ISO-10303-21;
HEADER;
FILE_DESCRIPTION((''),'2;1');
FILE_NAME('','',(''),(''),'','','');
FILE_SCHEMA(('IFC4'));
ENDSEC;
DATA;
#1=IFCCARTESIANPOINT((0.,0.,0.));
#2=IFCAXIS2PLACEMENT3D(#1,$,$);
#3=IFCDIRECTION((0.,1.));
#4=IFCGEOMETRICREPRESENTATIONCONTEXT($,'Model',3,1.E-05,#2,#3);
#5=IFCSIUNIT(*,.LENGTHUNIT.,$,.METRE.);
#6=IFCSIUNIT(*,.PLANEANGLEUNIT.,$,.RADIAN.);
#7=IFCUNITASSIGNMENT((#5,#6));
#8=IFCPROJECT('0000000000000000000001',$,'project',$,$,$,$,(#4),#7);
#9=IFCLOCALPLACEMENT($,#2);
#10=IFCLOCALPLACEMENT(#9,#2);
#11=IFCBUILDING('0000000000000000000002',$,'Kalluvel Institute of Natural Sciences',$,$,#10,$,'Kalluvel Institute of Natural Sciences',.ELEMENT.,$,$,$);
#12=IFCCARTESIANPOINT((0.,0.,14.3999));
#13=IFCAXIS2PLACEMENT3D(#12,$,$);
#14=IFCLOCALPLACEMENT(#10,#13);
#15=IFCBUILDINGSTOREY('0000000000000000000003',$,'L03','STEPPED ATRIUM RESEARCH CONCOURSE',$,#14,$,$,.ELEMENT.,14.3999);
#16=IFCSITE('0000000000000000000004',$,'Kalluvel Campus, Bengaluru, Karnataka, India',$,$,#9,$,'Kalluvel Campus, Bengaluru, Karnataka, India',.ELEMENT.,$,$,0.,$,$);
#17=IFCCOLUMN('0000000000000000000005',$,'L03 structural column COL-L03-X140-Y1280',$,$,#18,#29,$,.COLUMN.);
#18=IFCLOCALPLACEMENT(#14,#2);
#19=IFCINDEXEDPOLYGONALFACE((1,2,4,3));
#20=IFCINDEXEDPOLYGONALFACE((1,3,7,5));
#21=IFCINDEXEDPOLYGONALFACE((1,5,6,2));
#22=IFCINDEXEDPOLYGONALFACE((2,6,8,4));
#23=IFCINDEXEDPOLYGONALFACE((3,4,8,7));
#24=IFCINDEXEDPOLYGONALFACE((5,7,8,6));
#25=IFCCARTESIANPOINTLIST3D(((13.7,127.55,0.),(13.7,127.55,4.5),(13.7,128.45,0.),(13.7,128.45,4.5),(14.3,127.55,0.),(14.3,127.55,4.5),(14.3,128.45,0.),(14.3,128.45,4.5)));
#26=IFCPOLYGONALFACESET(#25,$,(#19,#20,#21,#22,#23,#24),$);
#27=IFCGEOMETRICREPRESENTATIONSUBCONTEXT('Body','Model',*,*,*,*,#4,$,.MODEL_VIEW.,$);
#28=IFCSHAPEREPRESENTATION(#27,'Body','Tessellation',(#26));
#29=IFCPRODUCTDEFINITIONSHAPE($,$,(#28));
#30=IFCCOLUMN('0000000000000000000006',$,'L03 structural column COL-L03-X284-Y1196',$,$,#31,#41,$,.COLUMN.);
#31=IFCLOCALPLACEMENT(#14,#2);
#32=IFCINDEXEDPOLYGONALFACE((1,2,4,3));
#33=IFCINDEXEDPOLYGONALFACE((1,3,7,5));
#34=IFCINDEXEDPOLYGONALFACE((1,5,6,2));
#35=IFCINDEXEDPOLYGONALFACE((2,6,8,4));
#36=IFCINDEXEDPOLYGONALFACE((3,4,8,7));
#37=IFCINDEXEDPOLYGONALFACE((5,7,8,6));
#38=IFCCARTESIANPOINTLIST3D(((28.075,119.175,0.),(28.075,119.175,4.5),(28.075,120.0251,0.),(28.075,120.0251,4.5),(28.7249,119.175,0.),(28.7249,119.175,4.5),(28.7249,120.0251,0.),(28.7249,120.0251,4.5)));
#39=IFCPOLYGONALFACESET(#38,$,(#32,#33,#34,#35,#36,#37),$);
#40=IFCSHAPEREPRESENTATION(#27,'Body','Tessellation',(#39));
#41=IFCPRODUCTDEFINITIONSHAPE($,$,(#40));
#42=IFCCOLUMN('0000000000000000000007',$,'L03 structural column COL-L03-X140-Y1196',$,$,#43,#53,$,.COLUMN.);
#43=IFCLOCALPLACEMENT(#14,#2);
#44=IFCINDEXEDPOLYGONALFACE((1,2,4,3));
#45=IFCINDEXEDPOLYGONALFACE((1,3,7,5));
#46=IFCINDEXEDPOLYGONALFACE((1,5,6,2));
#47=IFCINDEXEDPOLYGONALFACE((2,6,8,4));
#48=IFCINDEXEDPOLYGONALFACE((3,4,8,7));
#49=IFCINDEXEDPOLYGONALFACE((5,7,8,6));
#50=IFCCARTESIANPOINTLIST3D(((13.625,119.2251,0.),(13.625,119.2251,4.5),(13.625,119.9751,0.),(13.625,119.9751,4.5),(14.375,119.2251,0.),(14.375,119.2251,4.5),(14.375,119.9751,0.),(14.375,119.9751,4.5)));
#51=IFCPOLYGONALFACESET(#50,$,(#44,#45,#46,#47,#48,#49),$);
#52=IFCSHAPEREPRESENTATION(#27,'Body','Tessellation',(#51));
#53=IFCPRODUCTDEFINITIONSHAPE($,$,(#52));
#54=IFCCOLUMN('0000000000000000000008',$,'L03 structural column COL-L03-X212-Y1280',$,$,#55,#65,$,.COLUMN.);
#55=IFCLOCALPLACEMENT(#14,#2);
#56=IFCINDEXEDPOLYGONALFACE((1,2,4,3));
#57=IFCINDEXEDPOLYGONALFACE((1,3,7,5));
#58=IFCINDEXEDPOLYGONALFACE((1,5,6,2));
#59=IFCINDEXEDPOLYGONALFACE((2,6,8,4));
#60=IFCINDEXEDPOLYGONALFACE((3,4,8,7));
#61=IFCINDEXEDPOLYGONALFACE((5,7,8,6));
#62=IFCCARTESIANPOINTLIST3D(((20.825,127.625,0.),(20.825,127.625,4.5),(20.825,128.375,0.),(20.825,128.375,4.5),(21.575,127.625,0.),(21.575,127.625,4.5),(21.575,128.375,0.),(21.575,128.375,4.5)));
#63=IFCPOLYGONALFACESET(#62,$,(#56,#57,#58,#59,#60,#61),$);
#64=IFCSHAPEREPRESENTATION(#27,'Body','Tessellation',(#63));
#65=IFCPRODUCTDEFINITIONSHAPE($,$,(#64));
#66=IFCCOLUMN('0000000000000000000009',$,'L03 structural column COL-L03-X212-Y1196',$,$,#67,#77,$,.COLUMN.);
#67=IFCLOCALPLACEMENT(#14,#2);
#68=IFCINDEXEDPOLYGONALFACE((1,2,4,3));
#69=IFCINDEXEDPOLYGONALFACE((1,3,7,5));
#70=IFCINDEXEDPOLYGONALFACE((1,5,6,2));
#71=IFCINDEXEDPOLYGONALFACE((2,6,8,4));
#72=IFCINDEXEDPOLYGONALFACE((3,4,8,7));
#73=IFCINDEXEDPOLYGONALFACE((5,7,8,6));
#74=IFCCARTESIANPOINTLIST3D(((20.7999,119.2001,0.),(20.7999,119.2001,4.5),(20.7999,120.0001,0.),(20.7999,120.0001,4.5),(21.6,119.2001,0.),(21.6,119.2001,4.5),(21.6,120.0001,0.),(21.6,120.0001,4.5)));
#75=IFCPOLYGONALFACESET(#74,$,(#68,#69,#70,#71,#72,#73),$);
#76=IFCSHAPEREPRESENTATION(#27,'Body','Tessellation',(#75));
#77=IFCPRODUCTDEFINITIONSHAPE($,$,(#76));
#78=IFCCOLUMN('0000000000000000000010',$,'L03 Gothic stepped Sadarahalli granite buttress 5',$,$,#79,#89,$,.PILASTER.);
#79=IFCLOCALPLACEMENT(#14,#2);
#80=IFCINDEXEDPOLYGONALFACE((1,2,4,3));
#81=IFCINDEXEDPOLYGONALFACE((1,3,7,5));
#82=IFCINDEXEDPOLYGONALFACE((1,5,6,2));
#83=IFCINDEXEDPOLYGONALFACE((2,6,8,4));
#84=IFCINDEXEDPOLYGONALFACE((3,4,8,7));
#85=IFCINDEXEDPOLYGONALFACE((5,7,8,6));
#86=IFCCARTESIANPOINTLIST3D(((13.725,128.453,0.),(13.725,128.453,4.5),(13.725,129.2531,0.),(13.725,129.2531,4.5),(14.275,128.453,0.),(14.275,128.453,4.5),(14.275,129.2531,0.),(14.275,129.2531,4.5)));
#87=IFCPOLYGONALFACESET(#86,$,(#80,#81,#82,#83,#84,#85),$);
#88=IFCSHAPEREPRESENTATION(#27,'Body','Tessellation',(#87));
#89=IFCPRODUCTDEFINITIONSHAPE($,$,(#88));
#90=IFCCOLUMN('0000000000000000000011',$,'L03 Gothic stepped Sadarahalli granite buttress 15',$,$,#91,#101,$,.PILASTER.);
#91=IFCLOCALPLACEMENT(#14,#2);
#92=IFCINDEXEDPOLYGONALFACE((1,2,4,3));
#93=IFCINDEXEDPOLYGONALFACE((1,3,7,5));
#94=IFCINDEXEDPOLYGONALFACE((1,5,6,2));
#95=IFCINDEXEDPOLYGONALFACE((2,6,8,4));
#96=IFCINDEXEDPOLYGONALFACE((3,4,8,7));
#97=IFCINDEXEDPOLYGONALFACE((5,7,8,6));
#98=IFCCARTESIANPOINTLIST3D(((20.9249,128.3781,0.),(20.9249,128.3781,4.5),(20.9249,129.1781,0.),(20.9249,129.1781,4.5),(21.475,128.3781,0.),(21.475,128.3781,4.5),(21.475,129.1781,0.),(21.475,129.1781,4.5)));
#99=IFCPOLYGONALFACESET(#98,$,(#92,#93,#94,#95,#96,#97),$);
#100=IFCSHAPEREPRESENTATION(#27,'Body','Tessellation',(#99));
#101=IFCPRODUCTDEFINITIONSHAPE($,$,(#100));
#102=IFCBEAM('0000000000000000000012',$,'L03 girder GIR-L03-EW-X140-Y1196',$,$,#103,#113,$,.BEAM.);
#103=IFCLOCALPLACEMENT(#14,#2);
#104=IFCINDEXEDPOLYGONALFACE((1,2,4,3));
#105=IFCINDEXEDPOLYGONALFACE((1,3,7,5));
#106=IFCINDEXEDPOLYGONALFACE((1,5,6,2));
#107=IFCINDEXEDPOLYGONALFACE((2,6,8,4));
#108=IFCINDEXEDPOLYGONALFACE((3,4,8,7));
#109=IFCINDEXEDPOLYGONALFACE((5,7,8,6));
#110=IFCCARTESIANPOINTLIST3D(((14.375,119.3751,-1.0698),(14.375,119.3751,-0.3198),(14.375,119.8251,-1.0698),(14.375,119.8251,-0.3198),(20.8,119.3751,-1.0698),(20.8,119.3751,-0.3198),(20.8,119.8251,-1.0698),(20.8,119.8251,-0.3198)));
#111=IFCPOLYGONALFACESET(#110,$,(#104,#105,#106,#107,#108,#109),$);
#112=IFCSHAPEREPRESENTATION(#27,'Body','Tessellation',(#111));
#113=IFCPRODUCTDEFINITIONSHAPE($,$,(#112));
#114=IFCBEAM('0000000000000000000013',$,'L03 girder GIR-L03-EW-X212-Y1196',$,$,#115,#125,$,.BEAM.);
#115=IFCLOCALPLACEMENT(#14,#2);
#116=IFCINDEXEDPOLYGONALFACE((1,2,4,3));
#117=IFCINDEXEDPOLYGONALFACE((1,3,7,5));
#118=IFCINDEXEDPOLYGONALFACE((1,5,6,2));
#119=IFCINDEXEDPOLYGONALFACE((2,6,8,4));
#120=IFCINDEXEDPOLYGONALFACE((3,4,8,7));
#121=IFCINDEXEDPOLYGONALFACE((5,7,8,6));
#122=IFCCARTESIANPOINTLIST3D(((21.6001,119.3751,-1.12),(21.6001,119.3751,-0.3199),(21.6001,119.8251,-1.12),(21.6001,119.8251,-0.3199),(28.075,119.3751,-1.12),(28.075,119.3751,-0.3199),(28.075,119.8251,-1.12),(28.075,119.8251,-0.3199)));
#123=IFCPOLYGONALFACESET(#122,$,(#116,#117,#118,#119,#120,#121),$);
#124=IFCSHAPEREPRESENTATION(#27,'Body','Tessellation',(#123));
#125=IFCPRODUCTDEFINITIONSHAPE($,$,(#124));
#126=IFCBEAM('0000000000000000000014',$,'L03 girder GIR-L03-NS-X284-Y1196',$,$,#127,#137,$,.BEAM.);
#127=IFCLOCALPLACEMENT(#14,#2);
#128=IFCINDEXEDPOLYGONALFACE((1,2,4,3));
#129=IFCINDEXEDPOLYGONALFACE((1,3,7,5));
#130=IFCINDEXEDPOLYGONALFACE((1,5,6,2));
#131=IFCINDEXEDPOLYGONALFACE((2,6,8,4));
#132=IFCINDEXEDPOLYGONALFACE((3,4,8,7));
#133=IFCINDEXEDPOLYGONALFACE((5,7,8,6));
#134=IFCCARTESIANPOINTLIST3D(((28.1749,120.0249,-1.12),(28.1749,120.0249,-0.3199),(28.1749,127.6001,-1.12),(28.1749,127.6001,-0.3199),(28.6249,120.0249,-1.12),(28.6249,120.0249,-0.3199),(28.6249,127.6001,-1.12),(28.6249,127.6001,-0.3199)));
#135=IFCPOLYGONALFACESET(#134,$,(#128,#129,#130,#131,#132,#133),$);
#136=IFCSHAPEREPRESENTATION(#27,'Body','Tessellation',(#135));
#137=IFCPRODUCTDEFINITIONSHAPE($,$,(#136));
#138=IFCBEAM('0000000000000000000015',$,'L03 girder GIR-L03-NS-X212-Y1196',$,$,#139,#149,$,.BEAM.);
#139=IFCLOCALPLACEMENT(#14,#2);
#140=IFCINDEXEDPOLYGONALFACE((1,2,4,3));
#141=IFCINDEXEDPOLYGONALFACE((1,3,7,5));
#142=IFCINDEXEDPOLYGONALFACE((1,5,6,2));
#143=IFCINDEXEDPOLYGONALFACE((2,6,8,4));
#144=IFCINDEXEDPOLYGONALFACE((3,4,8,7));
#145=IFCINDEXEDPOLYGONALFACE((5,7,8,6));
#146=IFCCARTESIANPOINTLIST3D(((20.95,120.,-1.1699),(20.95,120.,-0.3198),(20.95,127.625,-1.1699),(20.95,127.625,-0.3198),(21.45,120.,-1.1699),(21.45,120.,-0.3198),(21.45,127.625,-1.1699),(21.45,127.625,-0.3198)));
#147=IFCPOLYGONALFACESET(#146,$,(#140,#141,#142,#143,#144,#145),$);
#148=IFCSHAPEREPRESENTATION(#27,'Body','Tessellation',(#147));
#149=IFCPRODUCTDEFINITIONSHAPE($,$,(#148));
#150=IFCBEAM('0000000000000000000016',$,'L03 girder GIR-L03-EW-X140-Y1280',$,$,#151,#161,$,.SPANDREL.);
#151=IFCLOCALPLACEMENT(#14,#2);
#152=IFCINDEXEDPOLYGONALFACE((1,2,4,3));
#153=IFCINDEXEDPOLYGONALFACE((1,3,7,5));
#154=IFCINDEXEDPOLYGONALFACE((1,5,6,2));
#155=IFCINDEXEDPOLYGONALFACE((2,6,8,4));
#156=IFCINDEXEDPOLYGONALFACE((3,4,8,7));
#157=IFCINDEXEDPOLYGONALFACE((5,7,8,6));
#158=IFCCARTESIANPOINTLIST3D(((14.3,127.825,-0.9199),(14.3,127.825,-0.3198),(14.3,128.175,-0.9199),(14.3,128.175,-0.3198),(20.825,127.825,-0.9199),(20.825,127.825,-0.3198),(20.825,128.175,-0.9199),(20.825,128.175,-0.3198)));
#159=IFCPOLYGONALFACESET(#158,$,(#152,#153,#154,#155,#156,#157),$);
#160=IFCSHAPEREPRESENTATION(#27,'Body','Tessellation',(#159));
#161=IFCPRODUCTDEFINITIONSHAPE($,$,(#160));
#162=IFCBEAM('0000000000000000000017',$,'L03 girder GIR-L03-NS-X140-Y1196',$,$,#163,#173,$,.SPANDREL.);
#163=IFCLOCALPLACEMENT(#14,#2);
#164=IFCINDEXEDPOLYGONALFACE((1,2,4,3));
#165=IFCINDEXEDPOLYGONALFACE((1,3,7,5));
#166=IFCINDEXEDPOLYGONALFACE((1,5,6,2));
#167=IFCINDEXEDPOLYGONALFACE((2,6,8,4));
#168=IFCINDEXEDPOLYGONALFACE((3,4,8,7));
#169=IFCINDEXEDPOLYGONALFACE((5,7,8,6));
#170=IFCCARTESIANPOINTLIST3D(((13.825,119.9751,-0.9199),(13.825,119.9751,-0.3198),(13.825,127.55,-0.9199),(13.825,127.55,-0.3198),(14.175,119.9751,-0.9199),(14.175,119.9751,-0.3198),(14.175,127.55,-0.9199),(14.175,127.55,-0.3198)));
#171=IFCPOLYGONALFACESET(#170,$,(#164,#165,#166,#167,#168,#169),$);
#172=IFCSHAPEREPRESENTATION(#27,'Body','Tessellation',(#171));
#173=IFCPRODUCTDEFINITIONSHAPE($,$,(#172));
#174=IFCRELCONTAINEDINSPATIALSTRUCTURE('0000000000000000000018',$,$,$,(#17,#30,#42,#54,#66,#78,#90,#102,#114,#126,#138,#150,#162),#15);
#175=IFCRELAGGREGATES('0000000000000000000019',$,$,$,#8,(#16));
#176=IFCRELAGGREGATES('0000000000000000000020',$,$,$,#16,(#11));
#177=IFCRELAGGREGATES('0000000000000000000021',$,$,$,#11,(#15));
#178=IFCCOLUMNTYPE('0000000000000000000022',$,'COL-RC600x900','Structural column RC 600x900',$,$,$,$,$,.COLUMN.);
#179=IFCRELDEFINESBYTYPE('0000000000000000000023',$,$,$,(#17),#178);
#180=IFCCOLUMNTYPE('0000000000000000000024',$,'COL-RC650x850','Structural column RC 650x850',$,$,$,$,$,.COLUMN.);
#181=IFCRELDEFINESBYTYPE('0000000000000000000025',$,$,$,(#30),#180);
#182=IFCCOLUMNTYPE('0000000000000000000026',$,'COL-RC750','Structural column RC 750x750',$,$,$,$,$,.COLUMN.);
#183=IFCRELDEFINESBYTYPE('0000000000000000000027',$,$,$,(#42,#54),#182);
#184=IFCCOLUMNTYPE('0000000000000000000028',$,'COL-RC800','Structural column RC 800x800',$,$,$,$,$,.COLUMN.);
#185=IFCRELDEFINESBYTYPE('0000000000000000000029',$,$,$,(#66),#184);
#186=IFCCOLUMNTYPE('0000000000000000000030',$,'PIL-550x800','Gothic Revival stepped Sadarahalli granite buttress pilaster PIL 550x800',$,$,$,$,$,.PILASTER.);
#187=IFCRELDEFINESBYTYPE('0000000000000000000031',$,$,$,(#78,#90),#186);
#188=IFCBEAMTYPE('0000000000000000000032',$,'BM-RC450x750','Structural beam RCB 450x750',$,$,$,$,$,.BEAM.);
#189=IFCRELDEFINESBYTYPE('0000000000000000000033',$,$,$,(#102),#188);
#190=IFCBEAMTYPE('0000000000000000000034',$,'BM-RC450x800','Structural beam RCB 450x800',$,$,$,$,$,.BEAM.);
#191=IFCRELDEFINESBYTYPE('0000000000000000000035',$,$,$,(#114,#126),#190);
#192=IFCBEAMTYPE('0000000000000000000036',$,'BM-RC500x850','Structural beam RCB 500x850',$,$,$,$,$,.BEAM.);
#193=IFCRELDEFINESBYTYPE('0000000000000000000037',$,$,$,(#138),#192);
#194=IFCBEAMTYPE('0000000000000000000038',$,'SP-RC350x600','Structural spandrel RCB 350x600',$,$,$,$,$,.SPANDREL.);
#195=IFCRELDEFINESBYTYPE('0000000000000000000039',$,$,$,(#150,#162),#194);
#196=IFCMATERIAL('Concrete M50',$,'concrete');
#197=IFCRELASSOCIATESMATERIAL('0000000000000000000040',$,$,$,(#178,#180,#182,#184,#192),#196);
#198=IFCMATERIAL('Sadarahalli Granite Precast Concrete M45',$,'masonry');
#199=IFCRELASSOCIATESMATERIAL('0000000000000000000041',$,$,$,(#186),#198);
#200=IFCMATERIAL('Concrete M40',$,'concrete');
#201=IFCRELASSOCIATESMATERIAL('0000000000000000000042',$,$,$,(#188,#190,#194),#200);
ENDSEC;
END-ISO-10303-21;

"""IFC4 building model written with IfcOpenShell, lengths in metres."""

from ifc_helpers import new_model, si_unit, direction, frame, origin, origin_2d, place, context, subcontext, project, spatial, rectangle, extrude, material, material_profile, profile_set, type_object, element, save


model = new_model("IFC4")

# Units and contexts
model_context = context("Model", 3, precision=1e-05, world=origin(), true_north=direction((0.0, 1.0)))
body_context = subcontext(model_context, "Body", "Model", "MODEL_VIEW")
ifc_project = project(units=[si_unit("LENGTHUNIT", "METRE"), si_unit("PLANEANGLEUNIT", "RADIAN")], contexts=[model_context])

# Site, building, storey
site_placement = place(None, origin())
site = spatial("IfcSite", under=ifc_project, at=site_placement, Name="Kalluvel Campus, Bengaluru, Karnataka, India", LongName="Kalluvel Campus, Bengaluru, Karnataka, India", CompositionType="ELEMENT", RefElevation=0.0)
building_placement = place(site_placement, origin())
building = spatial("IfcBuilding", under=site, at=building_placement, Name="Kalluvel Institute of Natural Sciences", LongName="Kalluvel Institute of Natural Sciences", CompositionType="ELEMENT")
storey_placement = place(building_placement, frame((0.0, 0.0, 14.3999)))
storey = spatial("IfcBuildingStorey", under=building, at=storey_placement, Name="L03", Description="STEPPED ATRIUM RESEARCH CONCOURSE", CompositionType="ELEMENT", Elevation=14.3999)

# Columns
ifc_material_1 = material(Name="Concrete M50", Category="concrete")
ifc_material_profile_1 = material_profile(ifc_material_1, rectangle(XDim=0.6001, YDim=0.8999, at=origin_2d()), Name="RC 600x900")
ifc_profile_set_1 = profile_set([ifc_material_profile_1], Name="Concrete M50")
column_type_1 = type_object("IfcColumnType", Name="COL-RC600x900", Description="Structural column RC 600x900", PredefinedType="COLUMN", material=ifc_profile_set_1)
column_1_placement = place(storey_placement, frame((14.0, 128.0, 0.0), z_axis=(0.0, 0.0, 1.0), x_axis=(1.0, 0.0, 0.0)))
element("IfcColumn", 1, at=column_1_placement, inside=storey, type_object=column_type_1, Name="L03 structural column COL-L03-X140-Y1280", PredefinedType="COLUMN", context=body_context, shape_type="SweptSolid", body=[
    extrude(rectangle(XDim=0.6001, YDim=0.8999, at=origin_2d()), origin(), (0.0, 0.0, 1.0), 4.5),
])
ifc_material_profile_2 = material_profile(ifc_material_1, rectangle(XDim=0.6499, YDim=0.8501, at=origin_2d()), Name="RC 650x850")
ifc_profile_set_2 = profile_set([ifc_material_profile_2], Name="Concrete M50")
column_type_2 = type_object("IfcColumnType", Name="COL-RC650x850", Description="Structural column RC 650x850", PredefinedType="COLUMN", material=ifc_profile_set_2)
column_2_placement = place(storey_placement, frame((28.3999, 119.6001, 0.0), z_axis=(0.0, 0.0, 1.0), x_axis=(1.0, 0.0, 0.0)))
element("IfcColumn", 2, at=column_2_placement, inside=storey, type_object=column_type_2, Name="L03 structural column COL-L03-X284-Y1196", PredefinedType="COLUMN", context=body_context, shape_type="SweptSolid", body=[
    extrude(rectangle(XDim=0.6499, YDim=0.8501, at=origin_2d()), origin(), (0.0, 0.0, 1.0), 4.5),
])
ifc_material_profile_3 = material_profile(ifc_material_1, rectangle(XDim=0.75, YDim=0.75, at=origin_2d()), Name="RC 750x750")
ifc_profile_set_3 = profile_set([ifc_material_profile_3], Name="Concrete M50")
column_type_3 = type_object("IfcColumnType", Name="COL-RC750", Description="Structural column RC 750x750", PredefinedType="COLUMN", material=ifc_profile_set_3)
for number, where, z_axis, x_axis, name in (
    (3, (14.0, 119.6001, 0.0), (0.0, 0.0, 1.0), (1.0, 0.0, 0.0), "L03 structural column COL-L03-X140-Y1196"),
    (4, (21.2, 128.0, 0.0), (0.0, 0.0, 1.0), (1.0, 0.0, 0.0), "L03 structural column COL-L03-X212-Y1280"),
):
    element("IfcColumn", number, at=place(storey_placement, frame(where, z_axis=z_axis, x_axis=x_axis)), inside=storey, type_object=column_type_3, Name=name, PredefinedType="COLUMN", context=body_context, shape_type="SweptSolid", body=[
        extrude(rectangle(XDim=0.75, YDim=0.75, at=origin_2d()), origin(), (0.0, 0.0, 1.0), 4.5),
    ])
ifc_material_profile_4 = material_profile(ifc_material_1, rectangle(XDim=0.8, YDim=0.8, at=origin_2d()), Name="RC 800x800")
ifc_profile_set_4 = profile_set([ifc_material_profile_4], Name="Concrete M50")
column_type_4 = type_object("IfcColumnType", Name="COL-RC800", Description="Structural column RC 800x800", PredefinedType="COLUMN", material=ifc_profile_set_4)
column_3_placement = place(storey_placement, frame((21.2, 119.6001, 0.0), z_axis=(0.0, 0.0, 1.0), x_axis=(1.0, 0.0, 0.0)))
element("IfcColumn", 5, at=column_3_placement, inside=storey, type_object=column_type_4, Name="L03 structural column COL-L03-X212-Y1196", PredefinedType="COLUMN", context=body_context, shape_type="SweptSolid", body=[
    extrude(rectangle(XDim=0.8, YDim=0.8, at=origin_2d()), origin(), (0.0, 0.0, 1.0), 4.5),
])
ifc_material_2 = material(Name="Sadarahalli Granite Precast Concrete M45", Category="masonry")
ifc_material_profile_5 = material_profile(ifc_material_2, rectangle(XDim=0.55, YDim=0.8, at=origin_2d()), Name="PIL 550x800")
ifc_profile_set_5 = profile_set([ifc_material_profile_5], Name="Sadarahalli Granite Precast Concrete M45")
column_type_5 = type_object("IfcColumnType", Name="PIL-550x800", Description="Gothic Revival stepped Sadarahalli granite buttress pilaster PIL 550x800", PredefinedType="PILASTER", material=ifc_profile_set_5)
for number, where, z_axis, x_axis, name in (
    (6, (14.0, 128.853, 0.0), (0.0, 0.0, 1.0), (1.0, 0.0, 0.0), "L03 Gothic stepped Sadarahalli granite buttress 5"),
    (7, (21.2, 128.7781, 0.0), (0.0, 0.0, 1.0), (1.0, 0.0, 0.0), "L03 Gothic stepped Sadarahalli granite buttress 15"),
):
    element("IfcColumn", number, at=place(storey_placement, frame(where, z_axis=z_axis, x_axis=x_axis)), inside=storey, type_object=column_type_5, Name=name, PredefinedType="PILASTER", context=body_context, shape_type="SweptSolid", body=[
        extrude(rectangle(XDim=0.55, YDim=0.8, at=origin_2d()), origin(), (0.0, 0.0, 1.0), 4.5),
    ])

# Beams
ifc_material_3 = material(Name="Concrete M40", Category="concrete")
ifc_material_profile_6 = material_profile(ifc_material_3, rectangle(XDim=0.45, YDim=0.75, at=origin_2d()), Name="RCB 450x750")
ifc_profile_set_6 = profile_set([ifc_material_profile_6], Name="Concrete M40")
beam_type_1 = type_object("IfcBeamType", Name="BM-RC450x750", Description="Structural beam RCB 450x750", PredefinedType="BEAM", material=ifc_profile_set_6)
beam_1_placement = place(storey_placement, frame((14.375, 119.6001, -0.6948), z_axis=(1.0, 0.0, 0.0), x_axis=(0.0, 1.0, 0.0)))
element("IfcBeam", 8, at=beam_1_placement, inside=storey, type_object=beam_type_1, Name="L03 girder GIR-L03-EW-X140-Y1196", PredefinedType="BEAM", context=body_context, shape_type="SweptSolid", body=[
    extrude(rectangle(XDim=0.45, YDim=0.75, at=origin_2d()), origin(), (0.0, 0.0, 1.0), 6.425),
])
ifc_material_profile_7 = material_profile(ifc_material_3, rectangle(XDim=0.45, YDim=0.8, at=origin_2d()), Name="RCB 450x800")
ifc_profile_set_7 = profile_set([ifc_material_profile_7], Name="Concrete M40")
beam_type_2 = type_object("IfcBeamType", Name="BM-RC450x800", Description="Structural beam RCB 450x800", PredefinedType="BEAM", material=ifc_profile_set_7)
beam_2_placement = place(storey_placement, frame((21.6001, 119.6001, -0.72), z_axis=(1.0, 0.0, 0.0), x_axis=(0.0, 1.0, 0.0)))
element("IfcBeam", 9, at=beam_2_placement, inside=storey, type_object=beam_type_2, Name="L03 girder GIR-L03-EW-X212-Y1196", PredefinedType="BEAM", context=body_context, shape_type="SweptSolid", body=[
    extrude(rectangle(XDim=0.45, YDim=0.8, at=origin_2d()), origin(), (0.0, 0.0, 1.0), 6.4749),
])
beam_3_placement = place(storey_placement, frame((28.3999, 120.0249, -0.72), z_axis=(0.0, 1.0, 0.0), x_axis=(-1.0, 0.0, 0.0)))
element("IfcBeam", 10, at=beam_3_placement, inside=storey, type_object=beam_type_2, Name="L03 girder GIR-L03-NS-X284-Y1196", PredefinedType="BEAM", context=body_context, shape_type="SweptSolid", body=[
    extrude(rectangle(XDim=0.45, YDim=0.8, at=origin_2d()), origin(), (0.0, 0.0, 1.0), 7.5752),
])
ifc_material_profile_8 = material_profile(ifc_material_1, rectangle(XDim=0.5, YDim=0.8501, at=origin_2d()), Name="RCB 500x850")
ifc_profile_set_8 = profile_set([ifc_material_profile_8], Name="Concrete M50")
beam_type_3 = type_object("IfcBeamType", Name="BM-RC500x850", Description="Structural beam RCB 500x850", PredefinedType="BEAM", material=ifc_profile_set_8)
beam_4_placement = place(storey_placement, frame((21.2, 120.0, -0.7449), z_axis=(0.0, 1.0, 0.0), x_axis=(-1.0, 0.0, 0.0)))
element("IfcBeam", 11, at=beam_4_placement, inside=storey, type_object=beam_type_3, Name="L03 girder GIR-L03-NS-X212-Y1196", PredefinedType="BEAM", context=body_context, shape_type="SweptSolid", body=[
    extrude(rectangle(XDim=0.5, YDim=0.8501, at=origin_2d()), origin(), (0.0, 0.0, 1.0), 7.625),
])
ifc_material_profile_9 = material_profile(ifc_material_3, rectangle(XDim=0.3501, YDim=0.6001, at=origin_2d()), Name="RCB 350x600")
ifc_profile_set_9 = profile_set([ifc_material_profile_9], Name="Concrete M40")
beam_type_4 = type_object("IfcBeamType", Name="SP-RC350x600", Description="Structural spandrel RCB 350x600", PredefinedType="SPANDREL", material=ifc_profile_set_9)
beam_5_placement = place(storey_placement, frame((14.3, 128.0, -0.6199), z_axis=(1.0, 0.0, 0.0), x_axis=(0.0, 1.0, 0.0)))
element("IfcBeam", 12, at=beam_5_placement, inside=storey, type_object=beam_type_4, Name="L03 girder GIR-L03-EW-X140-Y1280", PredefinedType="SPANDREL", context=body_context, shape_type="SweptSolid", body=[
    extrude(rectangle(XDim=0.3501, YDim=0.6001, at=origin_2d()), origin(), (0.0, 0.0, 1.0), 6.5249),
])
beam_6_placement = place(storey_placement, frame((14.0, 119.9751, -0.6199), z_axis=(0.0, 1.0, 0.0), x_axis=(-1.0, 0.0, 0.0)))
element("IfcBeam", 13, at=beam_6_placement, inside=storey, type_object=beam_type_4, Name="L03 girder GIR-L03-NS-X140-Y1196", PredefinedType="SPANDREL", context=body_context, shape_type="SweptSolid", body=[
    extrude(rectangle(XDim=0.3501, YDim=0.6001, at=origin_2d()), origin(), (0.0, 0.0, 1.0), 7.575),
])

save(model, "model.ifc")
